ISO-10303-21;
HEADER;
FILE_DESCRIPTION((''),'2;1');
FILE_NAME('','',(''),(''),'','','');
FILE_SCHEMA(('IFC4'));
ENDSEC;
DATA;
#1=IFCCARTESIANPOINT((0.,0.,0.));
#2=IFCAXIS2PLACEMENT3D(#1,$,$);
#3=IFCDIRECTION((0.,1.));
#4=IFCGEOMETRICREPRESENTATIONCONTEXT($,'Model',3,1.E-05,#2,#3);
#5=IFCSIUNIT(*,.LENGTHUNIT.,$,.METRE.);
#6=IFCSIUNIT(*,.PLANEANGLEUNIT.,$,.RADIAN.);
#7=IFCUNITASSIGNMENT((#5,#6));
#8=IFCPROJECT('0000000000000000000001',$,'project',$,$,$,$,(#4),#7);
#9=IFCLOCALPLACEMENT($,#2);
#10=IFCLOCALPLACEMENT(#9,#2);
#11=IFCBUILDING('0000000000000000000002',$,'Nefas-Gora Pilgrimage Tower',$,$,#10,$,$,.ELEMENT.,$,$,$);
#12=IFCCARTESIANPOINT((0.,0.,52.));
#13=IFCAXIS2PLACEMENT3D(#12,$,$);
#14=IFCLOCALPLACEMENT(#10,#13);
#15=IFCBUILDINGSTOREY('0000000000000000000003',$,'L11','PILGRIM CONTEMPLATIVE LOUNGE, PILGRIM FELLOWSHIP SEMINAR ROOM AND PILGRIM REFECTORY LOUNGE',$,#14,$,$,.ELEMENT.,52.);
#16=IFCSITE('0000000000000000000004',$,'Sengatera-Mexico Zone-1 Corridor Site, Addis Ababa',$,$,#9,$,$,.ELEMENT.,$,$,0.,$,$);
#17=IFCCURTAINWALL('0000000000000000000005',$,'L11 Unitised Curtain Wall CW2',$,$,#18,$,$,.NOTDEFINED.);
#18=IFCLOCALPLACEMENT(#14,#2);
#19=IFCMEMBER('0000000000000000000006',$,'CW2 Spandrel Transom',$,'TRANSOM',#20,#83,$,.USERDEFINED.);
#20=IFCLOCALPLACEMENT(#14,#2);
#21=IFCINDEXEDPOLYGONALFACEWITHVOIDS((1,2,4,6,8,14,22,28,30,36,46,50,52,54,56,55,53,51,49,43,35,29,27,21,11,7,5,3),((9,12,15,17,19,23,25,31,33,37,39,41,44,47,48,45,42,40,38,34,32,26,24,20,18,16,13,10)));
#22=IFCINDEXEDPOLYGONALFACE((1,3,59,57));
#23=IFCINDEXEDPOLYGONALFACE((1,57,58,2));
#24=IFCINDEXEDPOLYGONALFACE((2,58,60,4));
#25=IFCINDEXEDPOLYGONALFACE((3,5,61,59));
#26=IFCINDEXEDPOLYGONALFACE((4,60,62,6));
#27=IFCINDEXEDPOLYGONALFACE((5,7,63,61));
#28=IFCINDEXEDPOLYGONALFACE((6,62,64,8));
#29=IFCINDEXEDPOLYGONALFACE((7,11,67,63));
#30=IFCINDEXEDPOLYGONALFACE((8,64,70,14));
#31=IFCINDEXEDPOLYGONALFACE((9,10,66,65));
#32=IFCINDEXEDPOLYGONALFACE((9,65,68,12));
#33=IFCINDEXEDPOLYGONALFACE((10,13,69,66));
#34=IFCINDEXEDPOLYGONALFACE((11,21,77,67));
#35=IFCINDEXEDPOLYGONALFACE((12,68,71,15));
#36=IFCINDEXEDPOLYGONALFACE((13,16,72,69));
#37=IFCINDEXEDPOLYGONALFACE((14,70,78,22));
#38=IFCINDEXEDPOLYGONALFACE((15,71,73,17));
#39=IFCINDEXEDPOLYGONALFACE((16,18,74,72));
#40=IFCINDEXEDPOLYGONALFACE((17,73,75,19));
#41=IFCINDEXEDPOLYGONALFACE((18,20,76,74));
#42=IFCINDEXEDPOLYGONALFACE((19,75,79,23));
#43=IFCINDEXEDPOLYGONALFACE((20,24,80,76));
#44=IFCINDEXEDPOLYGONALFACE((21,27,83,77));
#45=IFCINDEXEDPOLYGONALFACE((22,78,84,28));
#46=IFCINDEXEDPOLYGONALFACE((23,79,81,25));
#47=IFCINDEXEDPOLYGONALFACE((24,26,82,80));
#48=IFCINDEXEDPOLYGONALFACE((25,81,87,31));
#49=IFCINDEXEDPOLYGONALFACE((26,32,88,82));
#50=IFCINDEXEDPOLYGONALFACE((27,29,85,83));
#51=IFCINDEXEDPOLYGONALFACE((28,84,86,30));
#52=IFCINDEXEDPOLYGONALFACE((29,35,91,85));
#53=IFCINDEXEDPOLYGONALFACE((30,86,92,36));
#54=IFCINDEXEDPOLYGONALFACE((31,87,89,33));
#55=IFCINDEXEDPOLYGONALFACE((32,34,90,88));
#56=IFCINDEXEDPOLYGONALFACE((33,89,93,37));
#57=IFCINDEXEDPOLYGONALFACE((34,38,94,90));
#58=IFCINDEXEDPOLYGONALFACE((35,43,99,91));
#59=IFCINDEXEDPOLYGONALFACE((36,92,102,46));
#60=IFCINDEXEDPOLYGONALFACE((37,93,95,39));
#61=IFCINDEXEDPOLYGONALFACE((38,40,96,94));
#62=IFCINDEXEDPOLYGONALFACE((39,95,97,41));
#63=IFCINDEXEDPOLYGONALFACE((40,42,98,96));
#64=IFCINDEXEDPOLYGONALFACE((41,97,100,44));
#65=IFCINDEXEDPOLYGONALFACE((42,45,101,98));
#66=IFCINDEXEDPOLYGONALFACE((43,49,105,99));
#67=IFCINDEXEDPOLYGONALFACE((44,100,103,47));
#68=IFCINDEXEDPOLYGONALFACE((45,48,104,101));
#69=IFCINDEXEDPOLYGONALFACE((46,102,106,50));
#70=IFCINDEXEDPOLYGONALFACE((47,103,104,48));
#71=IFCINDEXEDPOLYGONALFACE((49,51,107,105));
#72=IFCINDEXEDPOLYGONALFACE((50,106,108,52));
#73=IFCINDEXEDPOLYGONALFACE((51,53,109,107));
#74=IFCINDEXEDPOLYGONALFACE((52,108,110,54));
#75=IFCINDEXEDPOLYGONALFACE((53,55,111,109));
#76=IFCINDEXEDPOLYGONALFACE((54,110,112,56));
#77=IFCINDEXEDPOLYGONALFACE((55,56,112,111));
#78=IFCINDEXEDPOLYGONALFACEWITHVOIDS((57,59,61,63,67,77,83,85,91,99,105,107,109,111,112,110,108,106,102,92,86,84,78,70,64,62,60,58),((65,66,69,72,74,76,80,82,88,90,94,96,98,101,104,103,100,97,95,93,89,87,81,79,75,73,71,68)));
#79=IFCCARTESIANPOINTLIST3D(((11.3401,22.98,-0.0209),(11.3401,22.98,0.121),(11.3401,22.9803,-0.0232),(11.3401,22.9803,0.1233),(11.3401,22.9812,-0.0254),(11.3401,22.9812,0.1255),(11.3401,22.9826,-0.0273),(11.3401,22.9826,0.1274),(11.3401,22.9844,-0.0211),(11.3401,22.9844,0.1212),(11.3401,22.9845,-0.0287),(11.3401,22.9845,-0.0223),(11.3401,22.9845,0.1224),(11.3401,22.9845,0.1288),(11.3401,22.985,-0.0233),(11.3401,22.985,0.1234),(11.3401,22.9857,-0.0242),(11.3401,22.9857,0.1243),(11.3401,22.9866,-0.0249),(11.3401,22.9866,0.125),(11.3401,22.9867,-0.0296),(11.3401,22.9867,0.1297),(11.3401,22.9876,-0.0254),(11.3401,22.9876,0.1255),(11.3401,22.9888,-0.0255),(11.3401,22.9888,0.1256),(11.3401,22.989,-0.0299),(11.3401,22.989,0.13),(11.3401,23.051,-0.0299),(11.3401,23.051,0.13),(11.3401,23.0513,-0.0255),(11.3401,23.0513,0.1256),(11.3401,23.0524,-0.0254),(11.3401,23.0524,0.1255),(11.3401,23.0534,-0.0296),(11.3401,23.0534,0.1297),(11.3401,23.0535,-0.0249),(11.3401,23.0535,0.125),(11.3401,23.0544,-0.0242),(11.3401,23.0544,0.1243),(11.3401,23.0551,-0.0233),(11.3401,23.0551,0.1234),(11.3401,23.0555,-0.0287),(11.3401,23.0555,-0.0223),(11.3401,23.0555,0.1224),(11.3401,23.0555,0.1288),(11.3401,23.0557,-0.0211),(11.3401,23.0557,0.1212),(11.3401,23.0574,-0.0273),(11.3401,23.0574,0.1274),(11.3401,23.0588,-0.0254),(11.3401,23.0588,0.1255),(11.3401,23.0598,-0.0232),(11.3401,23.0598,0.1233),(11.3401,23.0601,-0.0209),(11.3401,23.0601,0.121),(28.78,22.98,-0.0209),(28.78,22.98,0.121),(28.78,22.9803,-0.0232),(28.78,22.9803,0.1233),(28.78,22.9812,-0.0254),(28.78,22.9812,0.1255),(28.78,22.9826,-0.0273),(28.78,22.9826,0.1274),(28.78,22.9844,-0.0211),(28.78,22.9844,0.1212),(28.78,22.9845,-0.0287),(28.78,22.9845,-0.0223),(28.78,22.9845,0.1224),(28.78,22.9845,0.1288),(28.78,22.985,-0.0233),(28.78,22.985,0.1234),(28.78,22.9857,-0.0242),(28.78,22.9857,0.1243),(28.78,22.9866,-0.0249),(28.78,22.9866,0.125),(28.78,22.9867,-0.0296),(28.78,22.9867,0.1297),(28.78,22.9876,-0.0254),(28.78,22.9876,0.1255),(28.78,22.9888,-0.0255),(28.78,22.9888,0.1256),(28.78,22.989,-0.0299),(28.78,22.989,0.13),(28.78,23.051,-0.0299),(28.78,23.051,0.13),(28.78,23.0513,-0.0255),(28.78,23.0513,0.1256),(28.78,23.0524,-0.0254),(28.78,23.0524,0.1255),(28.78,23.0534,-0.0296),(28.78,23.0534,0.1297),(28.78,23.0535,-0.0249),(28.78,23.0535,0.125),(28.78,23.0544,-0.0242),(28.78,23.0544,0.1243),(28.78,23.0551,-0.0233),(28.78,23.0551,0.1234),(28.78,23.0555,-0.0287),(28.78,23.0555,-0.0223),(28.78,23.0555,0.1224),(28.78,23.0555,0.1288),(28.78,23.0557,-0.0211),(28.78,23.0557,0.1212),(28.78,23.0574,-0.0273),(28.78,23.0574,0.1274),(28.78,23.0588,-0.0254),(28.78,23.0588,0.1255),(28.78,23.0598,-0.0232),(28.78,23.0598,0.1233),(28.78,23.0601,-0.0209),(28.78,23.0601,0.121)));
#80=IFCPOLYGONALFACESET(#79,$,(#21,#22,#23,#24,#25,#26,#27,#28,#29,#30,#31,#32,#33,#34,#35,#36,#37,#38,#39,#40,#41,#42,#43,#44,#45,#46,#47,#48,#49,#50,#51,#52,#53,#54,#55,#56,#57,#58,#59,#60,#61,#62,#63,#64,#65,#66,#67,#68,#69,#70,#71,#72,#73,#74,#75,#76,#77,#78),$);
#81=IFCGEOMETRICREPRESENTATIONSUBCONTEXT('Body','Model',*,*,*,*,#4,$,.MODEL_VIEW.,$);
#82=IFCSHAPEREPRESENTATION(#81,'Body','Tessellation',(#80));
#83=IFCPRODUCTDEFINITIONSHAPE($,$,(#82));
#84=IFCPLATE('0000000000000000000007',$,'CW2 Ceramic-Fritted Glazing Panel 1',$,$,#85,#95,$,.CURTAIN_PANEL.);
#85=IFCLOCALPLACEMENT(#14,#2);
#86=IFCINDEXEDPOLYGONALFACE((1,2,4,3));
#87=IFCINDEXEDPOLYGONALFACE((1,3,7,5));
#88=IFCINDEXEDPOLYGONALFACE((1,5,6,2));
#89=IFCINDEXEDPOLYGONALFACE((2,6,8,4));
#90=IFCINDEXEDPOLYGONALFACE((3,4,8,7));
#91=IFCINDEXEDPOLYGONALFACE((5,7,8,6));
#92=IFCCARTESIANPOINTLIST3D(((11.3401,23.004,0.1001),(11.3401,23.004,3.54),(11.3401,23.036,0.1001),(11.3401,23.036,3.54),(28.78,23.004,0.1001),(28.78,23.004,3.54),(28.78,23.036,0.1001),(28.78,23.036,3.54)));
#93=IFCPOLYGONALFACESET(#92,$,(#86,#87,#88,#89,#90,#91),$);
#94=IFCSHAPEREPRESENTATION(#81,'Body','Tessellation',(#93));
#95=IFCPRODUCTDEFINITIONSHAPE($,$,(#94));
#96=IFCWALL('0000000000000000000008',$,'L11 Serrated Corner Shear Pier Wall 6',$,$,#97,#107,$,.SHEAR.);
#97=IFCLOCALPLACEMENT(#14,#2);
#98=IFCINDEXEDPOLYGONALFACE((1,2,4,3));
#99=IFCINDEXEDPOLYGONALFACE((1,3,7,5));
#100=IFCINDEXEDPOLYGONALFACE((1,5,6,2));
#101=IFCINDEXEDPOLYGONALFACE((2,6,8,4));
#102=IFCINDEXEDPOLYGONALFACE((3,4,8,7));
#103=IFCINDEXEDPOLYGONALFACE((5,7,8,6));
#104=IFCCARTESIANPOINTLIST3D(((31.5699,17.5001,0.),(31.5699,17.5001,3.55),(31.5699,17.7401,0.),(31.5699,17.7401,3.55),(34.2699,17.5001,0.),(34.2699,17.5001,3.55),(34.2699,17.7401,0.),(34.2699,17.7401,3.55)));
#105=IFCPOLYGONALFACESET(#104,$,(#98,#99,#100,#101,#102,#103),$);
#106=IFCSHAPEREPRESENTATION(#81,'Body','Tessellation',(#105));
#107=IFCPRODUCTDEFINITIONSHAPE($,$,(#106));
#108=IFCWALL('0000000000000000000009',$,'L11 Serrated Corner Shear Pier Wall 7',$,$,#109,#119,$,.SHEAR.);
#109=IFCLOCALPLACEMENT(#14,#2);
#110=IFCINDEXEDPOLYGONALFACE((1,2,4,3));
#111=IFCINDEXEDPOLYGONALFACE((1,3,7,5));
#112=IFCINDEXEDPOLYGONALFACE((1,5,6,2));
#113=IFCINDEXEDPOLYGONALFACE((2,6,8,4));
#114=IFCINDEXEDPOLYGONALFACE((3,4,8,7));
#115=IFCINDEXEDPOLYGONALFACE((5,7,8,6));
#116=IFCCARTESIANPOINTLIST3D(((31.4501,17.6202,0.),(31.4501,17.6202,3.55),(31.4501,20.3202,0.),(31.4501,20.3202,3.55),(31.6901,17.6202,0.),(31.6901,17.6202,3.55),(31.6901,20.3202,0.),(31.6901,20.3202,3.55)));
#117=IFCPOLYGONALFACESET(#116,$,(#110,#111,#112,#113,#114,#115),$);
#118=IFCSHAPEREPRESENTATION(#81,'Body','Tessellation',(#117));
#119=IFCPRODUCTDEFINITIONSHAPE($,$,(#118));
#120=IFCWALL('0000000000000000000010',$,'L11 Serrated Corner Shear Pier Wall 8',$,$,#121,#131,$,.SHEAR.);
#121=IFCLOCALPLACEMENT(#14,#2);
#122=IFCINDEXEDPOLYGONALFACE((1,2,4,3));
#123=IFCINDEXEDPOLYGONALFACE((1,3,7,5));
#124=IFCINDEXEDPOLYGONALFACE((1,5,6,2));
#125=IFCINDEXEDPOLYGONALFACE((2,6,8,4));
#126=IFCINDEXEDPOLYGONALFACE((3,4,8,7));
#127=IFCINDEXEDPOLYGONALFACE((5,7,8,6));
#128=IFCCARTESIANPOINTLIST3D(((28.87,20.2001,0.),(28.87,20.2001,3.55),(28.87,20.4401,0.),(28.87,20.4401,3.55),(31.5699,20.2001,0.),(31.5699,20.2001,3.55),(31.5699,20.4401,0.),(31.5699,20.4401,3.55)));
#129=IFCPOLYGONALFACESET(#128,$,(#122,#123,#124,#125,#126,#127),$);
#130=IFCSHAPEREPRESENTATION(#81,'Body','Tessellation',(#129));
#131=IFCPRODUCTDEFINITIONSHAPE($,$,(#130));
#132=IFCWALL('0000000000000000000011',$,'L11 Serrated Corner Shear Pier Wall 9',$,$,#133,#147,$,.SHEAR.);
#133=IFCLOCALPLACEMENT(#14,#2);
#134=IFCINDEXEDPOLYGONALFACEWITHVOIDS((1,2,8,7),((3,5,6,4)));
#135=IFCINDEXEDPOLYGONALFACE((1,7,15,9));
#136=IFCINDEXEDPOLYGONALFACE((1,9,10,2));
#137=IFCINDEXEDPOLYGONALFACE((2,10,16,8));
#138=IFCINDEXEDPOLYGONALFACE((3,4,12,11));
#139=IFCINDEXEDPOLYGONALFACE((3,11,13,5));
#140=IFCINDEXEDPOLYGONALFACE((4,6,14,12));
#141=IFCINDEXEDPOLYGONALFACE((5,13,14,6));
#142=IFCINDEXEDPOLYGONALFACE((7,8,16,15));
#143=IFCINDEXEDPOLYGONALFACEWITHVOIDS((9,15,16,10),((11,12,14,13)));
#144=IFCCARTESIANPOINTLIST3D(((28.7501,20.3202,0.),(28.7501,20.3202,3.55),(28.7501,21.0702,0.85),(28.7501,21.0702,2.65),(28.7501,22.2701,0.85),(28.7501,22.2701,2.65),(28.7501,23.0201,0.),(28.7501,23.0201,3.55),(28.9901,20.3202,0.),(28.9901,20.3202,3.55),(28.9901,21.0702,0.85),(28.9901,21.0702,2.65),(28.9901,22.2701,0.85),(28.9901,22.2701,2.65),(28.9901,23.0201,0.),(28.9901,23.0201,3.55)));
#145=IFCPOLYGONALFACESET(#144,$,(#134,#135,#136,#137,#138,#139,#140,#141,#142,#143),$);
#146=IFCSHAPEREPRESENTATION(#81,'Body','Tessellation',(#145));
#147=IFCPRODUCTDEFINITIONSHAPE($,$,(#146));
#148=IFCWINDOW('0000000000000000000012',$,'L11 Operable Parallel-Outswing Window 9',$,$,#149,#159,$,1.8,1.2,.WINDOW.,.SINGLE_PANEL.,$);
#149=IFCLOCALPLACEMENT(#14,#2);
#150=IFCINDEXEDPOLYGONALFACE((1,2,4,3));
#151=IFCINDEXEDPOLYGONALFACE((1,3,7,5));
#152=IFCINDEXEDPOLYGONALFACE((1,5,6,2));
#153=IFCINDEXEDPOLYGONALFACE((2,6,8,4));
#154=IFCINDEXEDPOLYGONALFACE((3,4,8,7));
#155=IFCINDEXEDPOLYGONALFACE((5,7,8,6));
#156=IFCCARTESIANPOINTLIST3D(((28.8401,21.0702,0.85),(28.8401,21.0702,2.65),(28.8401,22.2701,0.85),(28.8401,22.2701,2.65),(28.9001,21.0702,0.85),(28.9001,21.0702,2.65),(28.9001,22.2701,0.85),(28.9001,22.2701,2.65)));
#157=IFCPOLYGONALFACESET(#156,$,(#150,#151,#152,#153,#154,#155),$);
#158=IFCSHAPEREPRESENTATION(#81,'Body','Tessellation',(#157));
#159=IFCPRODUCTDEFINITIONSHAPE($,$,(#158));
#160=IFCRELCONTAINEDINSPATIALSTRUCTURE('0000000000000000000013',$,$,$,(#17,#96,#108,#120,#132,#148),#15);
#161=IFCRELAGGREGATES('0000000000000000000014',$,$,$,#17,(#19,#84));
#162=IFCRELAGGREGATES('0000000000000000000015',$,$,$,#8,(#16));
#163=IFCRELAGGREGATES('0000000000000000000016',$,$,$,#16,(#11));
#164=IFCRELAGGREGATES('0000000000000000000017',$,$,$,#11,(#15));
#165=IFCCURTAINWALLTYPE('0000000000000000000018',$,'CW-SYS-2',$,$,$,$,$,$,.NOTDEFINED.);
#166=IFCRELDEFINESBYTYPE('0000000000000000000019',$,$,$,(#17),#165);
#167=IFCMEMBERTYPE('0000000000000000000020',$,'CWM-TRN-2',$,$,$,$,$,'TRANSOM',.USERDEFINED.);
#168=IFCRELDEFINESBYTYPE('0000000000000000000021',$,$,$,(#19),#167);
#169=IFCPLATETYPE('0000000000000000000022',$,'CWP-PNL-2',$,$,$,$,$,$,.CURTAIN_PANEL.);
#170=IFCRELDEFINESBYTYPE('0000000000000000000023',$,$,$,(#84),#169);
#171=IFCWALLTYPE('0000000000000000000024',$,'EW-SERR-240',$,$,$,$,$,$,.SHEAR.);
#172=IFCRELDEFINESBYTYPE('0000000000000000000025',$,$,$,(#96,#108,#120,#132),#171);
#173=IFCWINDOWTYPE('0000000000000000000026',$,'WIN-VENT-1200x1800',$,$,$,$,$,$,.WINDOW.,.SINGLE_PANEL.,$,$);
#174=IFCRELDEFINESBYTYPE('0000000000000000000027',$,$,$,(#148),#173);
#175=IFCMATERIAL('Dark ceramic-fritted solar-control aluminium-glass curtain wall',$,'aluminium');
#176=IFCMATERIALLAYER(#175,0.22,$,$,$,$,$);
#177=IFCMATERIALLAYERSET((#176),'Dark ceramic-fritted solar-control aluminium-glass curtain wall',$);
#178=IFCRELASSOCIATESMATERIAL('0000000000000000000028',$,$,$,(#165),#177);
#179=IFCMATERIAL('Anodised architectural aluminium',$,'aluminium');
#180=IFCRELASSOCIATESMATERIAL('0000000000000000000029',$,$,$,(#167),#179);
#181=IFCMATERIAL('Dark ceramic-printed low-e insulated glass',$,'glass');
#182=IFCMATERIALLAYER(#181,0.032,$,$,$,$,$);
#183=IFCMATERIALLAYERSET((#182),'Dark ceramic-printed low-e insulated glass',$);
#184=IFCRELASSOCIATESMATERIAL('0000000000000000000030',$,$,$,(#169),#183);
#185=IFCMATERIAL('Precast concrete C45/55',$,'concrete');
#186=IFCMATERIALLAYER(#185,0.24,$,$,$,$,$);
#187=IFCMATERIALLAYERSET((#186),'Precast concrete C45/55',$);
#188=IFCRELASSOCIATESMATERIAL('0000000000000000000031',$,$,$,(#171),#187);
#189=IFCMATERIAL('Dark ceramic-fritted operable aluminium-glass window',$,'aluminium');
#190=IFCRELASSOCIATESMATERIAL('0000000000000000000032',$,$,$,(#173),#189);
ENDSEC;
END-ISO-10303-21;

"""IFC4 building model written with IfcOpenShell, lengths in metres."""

from ifc_helpers import new_model, si_unit, direction, frame, frame_2d, origin, origin_2d, place, context, subcontext, project, spatial, rectangle, hollow_rectangle, extrude, source, transform, mapped, material, layer, layer_set, material_profile, profile_set, type_object, element, fill, aggregate, save


model = new_model("IFC4")

# Units and contexts
model_context = context("Model", 3, precision=1e-05, world=origin(), true_north=direction((0.0, 1.0)))
body_context = subcontext(model_context, "Body", "Model", "MODEL_VIEW")
ifc_project = project(units=[si_unit("LENGTHUNIT", "METRE"), si_unit("PLANEANGLEUNIT", "RADIAN")], contexts=[model_context])

# Site, building, storey
site_placement = place(None, origin())
site = spatial("IfcSite", under=ifc_project, at=site_placement, Name="Sengatera-Mexico Zone-1 Corridor Site, Addis Ababa", CompositionType="ELEMENT", RefElevation=0.0)
building_placement = place(site_placement, origin())
building = spatial("IfcBuilding", under=site, at=building_placement, Name="Nefas-Gora Pilgrimage Tower", CompositionType="ELEMENT")
storey_placement = place(building_placement, frame((0.0, 0.0, 52.0)))
storey = spatial("IfcBuildingStorey", under=building, at=storey_placement, Name="L11", Description="PILGRIM CONTEMPLATIVE LOUNGE, PILGRIM FELLOWSHIP SEMINAR ROOM AND PILGRIM REFECTORY LOUNGE", CompositionType="ELEMENT", Elevation=52.0)

# Shared definitions
ifc_material_1 = material(Name="Dark ceramic-fritted solar-control aluminium-glass curtain wall", Category="aluminium")
ifc_layer_1 = layer(ifc_material_1, 0.22)
ifc_layer_set_1 = layer_set([ifc_layer_1], Name="Dark ceramic-fritted solar-control aluminium-glass curtain wall")
curtain_wall_type = type_object("IfcCurtainWallType", Name="CW-SYS-2", PredefinedType="NOTDEFINED", material=ifc_layer_set_1)
ifc_material_2 = material(Name="Anodised architectural aluminium", Category="aluminium")

# Curtain wall, member, plate
curtain_wall_1_placement = place(storey_placement, origin())
curtain_wall_1 = element("IfcCurtainWall", 1, at=curtain_wall_1_placement, inside=storey, type_object=curtain_wall_type, Name="L11 Unitised Curtain Wall CW2", PredefinedType="NOTDEFINED")
ifc_material_profile_1 = material_profile(ifc_material_2, hollow_rectangle(XDim=0.0801, YDim=0.1599, WallThickness=0.0044, InnerFilletRadius=0.0044, OuterFilletRadius=0.009, at=origin_2d()), Name="ALU TRANSOM 80x160")
ifc_profile_set_1 = profile_set([ifc_material_profile_1], Name="Anodised architectural aluminium")
member_type_1 = type_object("IfcMemberType", Name="CWM-TRN-2", ElementType="TRANSOM", PredefinedType="USERDEFINED", material=ifc_profile_set_1)
shared_shape_1 = source(origin(), body_context, "Body", "SweptSolid", [
    extrude(hollow_rectangle(XDim=0.0801, YDim=0.1599, WallThickness=0.0044, InnerFilletRadius=0.0044, OuterFilletRadius=0.009, at=origin_2d()), origin(), (0.0, 0.0, 1.0), 17.4399),
])
member_1_placement = place(storey_placement, frame((28.78, 23.02, 0.05), z_axis=(-1.0, 0.0, 0.0), x_axis=(0.0, -1.0, 0.0)))
member_1 = element("IfcMember", 2, at=member_1_placement, type_object=member_type_1, Name="CW2 Spandrel Transom", ObjectType="TRANSOM", PredefinedType="USERDEFINED", context=body_context, shape_type="MappedRepresentation", body=[
    mapped(shared_shape_1, transform((0.0, 0.0, 0.0), x_axis=(1.0, 0.0, 0.0), y_axis=(0.0, 1.0, 0.0), z_axis=(0.0, 0.0, 1.0), scale=1.0)),
])
ifc_material_3 = material(Name="Dark ceramic-printed low-e insulated glass", Category="glass")
ifc_layer_2 = layer(ifc_material_3, 0.032)
ifc_layer_set_2 = layer_set([ifc_layer_2], Name="Dark ceramic-printed low-e insulated glass")
plate_type = type_object("IfcPlateType", Name="CWP-PNL-2", PredefinedType="CURTAIN_PANEL", material=ifc_layer_set_2)
shared_shape_2 = source(origin(), body_context, "Body", "SweptSolid", [
    extrude(rectangle(XDim=17.4399, YDim=0.032, at=origin_2d()), origin(), (0.0, 0.0, 1.0), 3.4399),
])
plate_placement = place(storey_placement, frame((20.0601, 23.02, 0.1001), z_axis=(0.0, 0.0, 1.0), x_axis=(-1.0, 0.0, 0.0)))
plate = element("IfcPlate", 3, at=plate_placement, type_object=plate_type, Name="CW2 Ceramic-Fritted Glazing Panel 1", PredefinedType="CURTAIN_PANEL", context=body_context, shape_type="MappedRepresentation", body=[
    mapped(shared_shape_2, transform((0.0, 0.0, 0.0), x_axis=(1.0, 0.0, 0.0), y_axis=(0.0, 1.0, 0.0), z_axis=(0.0, 0.0, 1.0), scale=1.0)),
])
aggregate(curtain_wall_1, [member_1, plate])

# Walls
ifc_material_4 = material(Name="Precast concrete C45/55", Category="concrete")
ifc_layer_3 = layer(ifc_material_4, 0.24)
ifc_layer_set_3 = layer_set([ifc_layer_3], Name="Precast concrete C45/55")
wall_type = type_object("IfcWallType", Name="EW-SERR-240", PredefinedType="SHEAR", material=ifc_layer_set_3)
shared_shape_3 = source(origin(), body_context, "Body", "SweptSolid", [
    extrude(rectangle(XDim=2.7, YDim=0.24, at=frame_2d((1.3501, 0.0))), origin(), (0.0, 0.0, 1.0), 3.55),
])
for number, where, z_axis, x_axis, name in (
    (4, (34.27, 17.6201, 0.0), (0.0, 0.0, 1.0), (-1.0, 0.0, 0.0), "L11 Serrated Corner Shear Pier Wall 6"),
    (5, (31.5701, 17.6201, 0.0), (0.0, 0.0, 1.0), (0.0, 1.0, 0.0), "L11 Serrated Corner Shear Pier Wall 7"),
    (6, (31.5701, 20.3201, 0.0), (0.0, 0.0, 1.0), (-1.0, 0.0, 0.0), "L11 Serrated Corner Shear Pier Wall 8"),
):
    element("IfcWall", number, at=place(storey_placement, frame(where, z_axis=z_axis, x_axis=x_axis)), inside=storey, type_object=wall_type, Name=name, PredefinedType="SHEAR", context=body_context, shape_type="MappedRepresentation", body=[
        mapped(shared_shape_3, transform((0.0, 0.0, 0.0), x_axis=(1.0, 0.0, 0.0), y_axis=(0.0, 1.0, 0.0), z_axis=(0.0, 0.0, 1.0), scale=1.0)),
    ])

# Wall, opening, window
wall_placement = place(storey_placement, frame((28.8701, 20.3201, 0.0), z_axis=(0.0, 0.0, 1.0), x_axis=(0.0, 1.0, 0.0)))
wall = element("IfcWall", 7, at=wall_placement, inside=storey, type_object=wall_type, Name="L11 Serrated Corner Shear Pier Wall 9", PredefinedType="SHEAR", context=body_context, shape_type="MappedRepresentation", body=[
    mapped(shared_shape_3, transform((0.0, 0.0, 0.0), x_axis=(1.0, 0.0, 0.0), y_axis=(0.0, 1.0, 0.0), z_axis=(0.0, 0.0, 1.0), scale=1.0)),
])
opening_placement = place(wall_placement, frame((0.75, 0.0, 0.8501)))
opening = element("IfcOpeningElement", 8, at=opening_placement, cuts=wall, PredefinedType="OPENING", context=body_context, shape_type="SweptSolid", body=[
    extrude(rectangle(XDim=1.2, YDim=1.8, at=frame_2d((0.6001, 0.8999))), frame((0.0, 0.1299, 0.0), z_axis=(0.0, -1.0, 0.0), x_axis=(1.0, 0.0, 0.0)), (0.0, 0.0, 1.0), 0.26),
])
ifc_material_5 = material(Name="Dark ceramic-fritted operable aluminium-glass window", Category="aluminium")
window_type = type_object("IfcWindowType", Name="WIN-VENT-1200x1800", PartitioningType="SINGLE_PANEL", PredefinedType="WINDOW", material=ifc_material_5)
shared_shape_4 = source(origin(), body_context, "Body", "SweptSolid", [
    extrude(rectangle(XDim=1.2, YDim=1.8, at=frame_2d((0.6001, 0.8999))), frame((0.0, 0.03, 0.0), z_axis=(0.0, -1.0, 0.0), x_axis=(1.0, 0.0, 0.0)), (0.0, 0.0, 1.0), 0.0601),
])
window_placement = place(opening_placement, origin())
window = element("IfcWindow", 9, at=window_placement, inside=storey, type_object=window_type, Name="L11 Operable Parallel-Outswing Window 9", OverallHeight=1.8, OverallWidth=1.2, PartitioningType="SINGLE_PANEL", PredefinedType="WINDOW", context=body_context, shape_type="MappedRepresentation", body=[
    mapped(shared_shape_4, transform((0.0, 0.0, 0.0), x_axis=(1.0, 0.0, 0.0), y_axis=(0.0, 1.0, 0.0), z_axis=(0.0, 0.0, 1.0), scale=1.0)),
])
fill(opening, window)

save(model, "model.ifc")
